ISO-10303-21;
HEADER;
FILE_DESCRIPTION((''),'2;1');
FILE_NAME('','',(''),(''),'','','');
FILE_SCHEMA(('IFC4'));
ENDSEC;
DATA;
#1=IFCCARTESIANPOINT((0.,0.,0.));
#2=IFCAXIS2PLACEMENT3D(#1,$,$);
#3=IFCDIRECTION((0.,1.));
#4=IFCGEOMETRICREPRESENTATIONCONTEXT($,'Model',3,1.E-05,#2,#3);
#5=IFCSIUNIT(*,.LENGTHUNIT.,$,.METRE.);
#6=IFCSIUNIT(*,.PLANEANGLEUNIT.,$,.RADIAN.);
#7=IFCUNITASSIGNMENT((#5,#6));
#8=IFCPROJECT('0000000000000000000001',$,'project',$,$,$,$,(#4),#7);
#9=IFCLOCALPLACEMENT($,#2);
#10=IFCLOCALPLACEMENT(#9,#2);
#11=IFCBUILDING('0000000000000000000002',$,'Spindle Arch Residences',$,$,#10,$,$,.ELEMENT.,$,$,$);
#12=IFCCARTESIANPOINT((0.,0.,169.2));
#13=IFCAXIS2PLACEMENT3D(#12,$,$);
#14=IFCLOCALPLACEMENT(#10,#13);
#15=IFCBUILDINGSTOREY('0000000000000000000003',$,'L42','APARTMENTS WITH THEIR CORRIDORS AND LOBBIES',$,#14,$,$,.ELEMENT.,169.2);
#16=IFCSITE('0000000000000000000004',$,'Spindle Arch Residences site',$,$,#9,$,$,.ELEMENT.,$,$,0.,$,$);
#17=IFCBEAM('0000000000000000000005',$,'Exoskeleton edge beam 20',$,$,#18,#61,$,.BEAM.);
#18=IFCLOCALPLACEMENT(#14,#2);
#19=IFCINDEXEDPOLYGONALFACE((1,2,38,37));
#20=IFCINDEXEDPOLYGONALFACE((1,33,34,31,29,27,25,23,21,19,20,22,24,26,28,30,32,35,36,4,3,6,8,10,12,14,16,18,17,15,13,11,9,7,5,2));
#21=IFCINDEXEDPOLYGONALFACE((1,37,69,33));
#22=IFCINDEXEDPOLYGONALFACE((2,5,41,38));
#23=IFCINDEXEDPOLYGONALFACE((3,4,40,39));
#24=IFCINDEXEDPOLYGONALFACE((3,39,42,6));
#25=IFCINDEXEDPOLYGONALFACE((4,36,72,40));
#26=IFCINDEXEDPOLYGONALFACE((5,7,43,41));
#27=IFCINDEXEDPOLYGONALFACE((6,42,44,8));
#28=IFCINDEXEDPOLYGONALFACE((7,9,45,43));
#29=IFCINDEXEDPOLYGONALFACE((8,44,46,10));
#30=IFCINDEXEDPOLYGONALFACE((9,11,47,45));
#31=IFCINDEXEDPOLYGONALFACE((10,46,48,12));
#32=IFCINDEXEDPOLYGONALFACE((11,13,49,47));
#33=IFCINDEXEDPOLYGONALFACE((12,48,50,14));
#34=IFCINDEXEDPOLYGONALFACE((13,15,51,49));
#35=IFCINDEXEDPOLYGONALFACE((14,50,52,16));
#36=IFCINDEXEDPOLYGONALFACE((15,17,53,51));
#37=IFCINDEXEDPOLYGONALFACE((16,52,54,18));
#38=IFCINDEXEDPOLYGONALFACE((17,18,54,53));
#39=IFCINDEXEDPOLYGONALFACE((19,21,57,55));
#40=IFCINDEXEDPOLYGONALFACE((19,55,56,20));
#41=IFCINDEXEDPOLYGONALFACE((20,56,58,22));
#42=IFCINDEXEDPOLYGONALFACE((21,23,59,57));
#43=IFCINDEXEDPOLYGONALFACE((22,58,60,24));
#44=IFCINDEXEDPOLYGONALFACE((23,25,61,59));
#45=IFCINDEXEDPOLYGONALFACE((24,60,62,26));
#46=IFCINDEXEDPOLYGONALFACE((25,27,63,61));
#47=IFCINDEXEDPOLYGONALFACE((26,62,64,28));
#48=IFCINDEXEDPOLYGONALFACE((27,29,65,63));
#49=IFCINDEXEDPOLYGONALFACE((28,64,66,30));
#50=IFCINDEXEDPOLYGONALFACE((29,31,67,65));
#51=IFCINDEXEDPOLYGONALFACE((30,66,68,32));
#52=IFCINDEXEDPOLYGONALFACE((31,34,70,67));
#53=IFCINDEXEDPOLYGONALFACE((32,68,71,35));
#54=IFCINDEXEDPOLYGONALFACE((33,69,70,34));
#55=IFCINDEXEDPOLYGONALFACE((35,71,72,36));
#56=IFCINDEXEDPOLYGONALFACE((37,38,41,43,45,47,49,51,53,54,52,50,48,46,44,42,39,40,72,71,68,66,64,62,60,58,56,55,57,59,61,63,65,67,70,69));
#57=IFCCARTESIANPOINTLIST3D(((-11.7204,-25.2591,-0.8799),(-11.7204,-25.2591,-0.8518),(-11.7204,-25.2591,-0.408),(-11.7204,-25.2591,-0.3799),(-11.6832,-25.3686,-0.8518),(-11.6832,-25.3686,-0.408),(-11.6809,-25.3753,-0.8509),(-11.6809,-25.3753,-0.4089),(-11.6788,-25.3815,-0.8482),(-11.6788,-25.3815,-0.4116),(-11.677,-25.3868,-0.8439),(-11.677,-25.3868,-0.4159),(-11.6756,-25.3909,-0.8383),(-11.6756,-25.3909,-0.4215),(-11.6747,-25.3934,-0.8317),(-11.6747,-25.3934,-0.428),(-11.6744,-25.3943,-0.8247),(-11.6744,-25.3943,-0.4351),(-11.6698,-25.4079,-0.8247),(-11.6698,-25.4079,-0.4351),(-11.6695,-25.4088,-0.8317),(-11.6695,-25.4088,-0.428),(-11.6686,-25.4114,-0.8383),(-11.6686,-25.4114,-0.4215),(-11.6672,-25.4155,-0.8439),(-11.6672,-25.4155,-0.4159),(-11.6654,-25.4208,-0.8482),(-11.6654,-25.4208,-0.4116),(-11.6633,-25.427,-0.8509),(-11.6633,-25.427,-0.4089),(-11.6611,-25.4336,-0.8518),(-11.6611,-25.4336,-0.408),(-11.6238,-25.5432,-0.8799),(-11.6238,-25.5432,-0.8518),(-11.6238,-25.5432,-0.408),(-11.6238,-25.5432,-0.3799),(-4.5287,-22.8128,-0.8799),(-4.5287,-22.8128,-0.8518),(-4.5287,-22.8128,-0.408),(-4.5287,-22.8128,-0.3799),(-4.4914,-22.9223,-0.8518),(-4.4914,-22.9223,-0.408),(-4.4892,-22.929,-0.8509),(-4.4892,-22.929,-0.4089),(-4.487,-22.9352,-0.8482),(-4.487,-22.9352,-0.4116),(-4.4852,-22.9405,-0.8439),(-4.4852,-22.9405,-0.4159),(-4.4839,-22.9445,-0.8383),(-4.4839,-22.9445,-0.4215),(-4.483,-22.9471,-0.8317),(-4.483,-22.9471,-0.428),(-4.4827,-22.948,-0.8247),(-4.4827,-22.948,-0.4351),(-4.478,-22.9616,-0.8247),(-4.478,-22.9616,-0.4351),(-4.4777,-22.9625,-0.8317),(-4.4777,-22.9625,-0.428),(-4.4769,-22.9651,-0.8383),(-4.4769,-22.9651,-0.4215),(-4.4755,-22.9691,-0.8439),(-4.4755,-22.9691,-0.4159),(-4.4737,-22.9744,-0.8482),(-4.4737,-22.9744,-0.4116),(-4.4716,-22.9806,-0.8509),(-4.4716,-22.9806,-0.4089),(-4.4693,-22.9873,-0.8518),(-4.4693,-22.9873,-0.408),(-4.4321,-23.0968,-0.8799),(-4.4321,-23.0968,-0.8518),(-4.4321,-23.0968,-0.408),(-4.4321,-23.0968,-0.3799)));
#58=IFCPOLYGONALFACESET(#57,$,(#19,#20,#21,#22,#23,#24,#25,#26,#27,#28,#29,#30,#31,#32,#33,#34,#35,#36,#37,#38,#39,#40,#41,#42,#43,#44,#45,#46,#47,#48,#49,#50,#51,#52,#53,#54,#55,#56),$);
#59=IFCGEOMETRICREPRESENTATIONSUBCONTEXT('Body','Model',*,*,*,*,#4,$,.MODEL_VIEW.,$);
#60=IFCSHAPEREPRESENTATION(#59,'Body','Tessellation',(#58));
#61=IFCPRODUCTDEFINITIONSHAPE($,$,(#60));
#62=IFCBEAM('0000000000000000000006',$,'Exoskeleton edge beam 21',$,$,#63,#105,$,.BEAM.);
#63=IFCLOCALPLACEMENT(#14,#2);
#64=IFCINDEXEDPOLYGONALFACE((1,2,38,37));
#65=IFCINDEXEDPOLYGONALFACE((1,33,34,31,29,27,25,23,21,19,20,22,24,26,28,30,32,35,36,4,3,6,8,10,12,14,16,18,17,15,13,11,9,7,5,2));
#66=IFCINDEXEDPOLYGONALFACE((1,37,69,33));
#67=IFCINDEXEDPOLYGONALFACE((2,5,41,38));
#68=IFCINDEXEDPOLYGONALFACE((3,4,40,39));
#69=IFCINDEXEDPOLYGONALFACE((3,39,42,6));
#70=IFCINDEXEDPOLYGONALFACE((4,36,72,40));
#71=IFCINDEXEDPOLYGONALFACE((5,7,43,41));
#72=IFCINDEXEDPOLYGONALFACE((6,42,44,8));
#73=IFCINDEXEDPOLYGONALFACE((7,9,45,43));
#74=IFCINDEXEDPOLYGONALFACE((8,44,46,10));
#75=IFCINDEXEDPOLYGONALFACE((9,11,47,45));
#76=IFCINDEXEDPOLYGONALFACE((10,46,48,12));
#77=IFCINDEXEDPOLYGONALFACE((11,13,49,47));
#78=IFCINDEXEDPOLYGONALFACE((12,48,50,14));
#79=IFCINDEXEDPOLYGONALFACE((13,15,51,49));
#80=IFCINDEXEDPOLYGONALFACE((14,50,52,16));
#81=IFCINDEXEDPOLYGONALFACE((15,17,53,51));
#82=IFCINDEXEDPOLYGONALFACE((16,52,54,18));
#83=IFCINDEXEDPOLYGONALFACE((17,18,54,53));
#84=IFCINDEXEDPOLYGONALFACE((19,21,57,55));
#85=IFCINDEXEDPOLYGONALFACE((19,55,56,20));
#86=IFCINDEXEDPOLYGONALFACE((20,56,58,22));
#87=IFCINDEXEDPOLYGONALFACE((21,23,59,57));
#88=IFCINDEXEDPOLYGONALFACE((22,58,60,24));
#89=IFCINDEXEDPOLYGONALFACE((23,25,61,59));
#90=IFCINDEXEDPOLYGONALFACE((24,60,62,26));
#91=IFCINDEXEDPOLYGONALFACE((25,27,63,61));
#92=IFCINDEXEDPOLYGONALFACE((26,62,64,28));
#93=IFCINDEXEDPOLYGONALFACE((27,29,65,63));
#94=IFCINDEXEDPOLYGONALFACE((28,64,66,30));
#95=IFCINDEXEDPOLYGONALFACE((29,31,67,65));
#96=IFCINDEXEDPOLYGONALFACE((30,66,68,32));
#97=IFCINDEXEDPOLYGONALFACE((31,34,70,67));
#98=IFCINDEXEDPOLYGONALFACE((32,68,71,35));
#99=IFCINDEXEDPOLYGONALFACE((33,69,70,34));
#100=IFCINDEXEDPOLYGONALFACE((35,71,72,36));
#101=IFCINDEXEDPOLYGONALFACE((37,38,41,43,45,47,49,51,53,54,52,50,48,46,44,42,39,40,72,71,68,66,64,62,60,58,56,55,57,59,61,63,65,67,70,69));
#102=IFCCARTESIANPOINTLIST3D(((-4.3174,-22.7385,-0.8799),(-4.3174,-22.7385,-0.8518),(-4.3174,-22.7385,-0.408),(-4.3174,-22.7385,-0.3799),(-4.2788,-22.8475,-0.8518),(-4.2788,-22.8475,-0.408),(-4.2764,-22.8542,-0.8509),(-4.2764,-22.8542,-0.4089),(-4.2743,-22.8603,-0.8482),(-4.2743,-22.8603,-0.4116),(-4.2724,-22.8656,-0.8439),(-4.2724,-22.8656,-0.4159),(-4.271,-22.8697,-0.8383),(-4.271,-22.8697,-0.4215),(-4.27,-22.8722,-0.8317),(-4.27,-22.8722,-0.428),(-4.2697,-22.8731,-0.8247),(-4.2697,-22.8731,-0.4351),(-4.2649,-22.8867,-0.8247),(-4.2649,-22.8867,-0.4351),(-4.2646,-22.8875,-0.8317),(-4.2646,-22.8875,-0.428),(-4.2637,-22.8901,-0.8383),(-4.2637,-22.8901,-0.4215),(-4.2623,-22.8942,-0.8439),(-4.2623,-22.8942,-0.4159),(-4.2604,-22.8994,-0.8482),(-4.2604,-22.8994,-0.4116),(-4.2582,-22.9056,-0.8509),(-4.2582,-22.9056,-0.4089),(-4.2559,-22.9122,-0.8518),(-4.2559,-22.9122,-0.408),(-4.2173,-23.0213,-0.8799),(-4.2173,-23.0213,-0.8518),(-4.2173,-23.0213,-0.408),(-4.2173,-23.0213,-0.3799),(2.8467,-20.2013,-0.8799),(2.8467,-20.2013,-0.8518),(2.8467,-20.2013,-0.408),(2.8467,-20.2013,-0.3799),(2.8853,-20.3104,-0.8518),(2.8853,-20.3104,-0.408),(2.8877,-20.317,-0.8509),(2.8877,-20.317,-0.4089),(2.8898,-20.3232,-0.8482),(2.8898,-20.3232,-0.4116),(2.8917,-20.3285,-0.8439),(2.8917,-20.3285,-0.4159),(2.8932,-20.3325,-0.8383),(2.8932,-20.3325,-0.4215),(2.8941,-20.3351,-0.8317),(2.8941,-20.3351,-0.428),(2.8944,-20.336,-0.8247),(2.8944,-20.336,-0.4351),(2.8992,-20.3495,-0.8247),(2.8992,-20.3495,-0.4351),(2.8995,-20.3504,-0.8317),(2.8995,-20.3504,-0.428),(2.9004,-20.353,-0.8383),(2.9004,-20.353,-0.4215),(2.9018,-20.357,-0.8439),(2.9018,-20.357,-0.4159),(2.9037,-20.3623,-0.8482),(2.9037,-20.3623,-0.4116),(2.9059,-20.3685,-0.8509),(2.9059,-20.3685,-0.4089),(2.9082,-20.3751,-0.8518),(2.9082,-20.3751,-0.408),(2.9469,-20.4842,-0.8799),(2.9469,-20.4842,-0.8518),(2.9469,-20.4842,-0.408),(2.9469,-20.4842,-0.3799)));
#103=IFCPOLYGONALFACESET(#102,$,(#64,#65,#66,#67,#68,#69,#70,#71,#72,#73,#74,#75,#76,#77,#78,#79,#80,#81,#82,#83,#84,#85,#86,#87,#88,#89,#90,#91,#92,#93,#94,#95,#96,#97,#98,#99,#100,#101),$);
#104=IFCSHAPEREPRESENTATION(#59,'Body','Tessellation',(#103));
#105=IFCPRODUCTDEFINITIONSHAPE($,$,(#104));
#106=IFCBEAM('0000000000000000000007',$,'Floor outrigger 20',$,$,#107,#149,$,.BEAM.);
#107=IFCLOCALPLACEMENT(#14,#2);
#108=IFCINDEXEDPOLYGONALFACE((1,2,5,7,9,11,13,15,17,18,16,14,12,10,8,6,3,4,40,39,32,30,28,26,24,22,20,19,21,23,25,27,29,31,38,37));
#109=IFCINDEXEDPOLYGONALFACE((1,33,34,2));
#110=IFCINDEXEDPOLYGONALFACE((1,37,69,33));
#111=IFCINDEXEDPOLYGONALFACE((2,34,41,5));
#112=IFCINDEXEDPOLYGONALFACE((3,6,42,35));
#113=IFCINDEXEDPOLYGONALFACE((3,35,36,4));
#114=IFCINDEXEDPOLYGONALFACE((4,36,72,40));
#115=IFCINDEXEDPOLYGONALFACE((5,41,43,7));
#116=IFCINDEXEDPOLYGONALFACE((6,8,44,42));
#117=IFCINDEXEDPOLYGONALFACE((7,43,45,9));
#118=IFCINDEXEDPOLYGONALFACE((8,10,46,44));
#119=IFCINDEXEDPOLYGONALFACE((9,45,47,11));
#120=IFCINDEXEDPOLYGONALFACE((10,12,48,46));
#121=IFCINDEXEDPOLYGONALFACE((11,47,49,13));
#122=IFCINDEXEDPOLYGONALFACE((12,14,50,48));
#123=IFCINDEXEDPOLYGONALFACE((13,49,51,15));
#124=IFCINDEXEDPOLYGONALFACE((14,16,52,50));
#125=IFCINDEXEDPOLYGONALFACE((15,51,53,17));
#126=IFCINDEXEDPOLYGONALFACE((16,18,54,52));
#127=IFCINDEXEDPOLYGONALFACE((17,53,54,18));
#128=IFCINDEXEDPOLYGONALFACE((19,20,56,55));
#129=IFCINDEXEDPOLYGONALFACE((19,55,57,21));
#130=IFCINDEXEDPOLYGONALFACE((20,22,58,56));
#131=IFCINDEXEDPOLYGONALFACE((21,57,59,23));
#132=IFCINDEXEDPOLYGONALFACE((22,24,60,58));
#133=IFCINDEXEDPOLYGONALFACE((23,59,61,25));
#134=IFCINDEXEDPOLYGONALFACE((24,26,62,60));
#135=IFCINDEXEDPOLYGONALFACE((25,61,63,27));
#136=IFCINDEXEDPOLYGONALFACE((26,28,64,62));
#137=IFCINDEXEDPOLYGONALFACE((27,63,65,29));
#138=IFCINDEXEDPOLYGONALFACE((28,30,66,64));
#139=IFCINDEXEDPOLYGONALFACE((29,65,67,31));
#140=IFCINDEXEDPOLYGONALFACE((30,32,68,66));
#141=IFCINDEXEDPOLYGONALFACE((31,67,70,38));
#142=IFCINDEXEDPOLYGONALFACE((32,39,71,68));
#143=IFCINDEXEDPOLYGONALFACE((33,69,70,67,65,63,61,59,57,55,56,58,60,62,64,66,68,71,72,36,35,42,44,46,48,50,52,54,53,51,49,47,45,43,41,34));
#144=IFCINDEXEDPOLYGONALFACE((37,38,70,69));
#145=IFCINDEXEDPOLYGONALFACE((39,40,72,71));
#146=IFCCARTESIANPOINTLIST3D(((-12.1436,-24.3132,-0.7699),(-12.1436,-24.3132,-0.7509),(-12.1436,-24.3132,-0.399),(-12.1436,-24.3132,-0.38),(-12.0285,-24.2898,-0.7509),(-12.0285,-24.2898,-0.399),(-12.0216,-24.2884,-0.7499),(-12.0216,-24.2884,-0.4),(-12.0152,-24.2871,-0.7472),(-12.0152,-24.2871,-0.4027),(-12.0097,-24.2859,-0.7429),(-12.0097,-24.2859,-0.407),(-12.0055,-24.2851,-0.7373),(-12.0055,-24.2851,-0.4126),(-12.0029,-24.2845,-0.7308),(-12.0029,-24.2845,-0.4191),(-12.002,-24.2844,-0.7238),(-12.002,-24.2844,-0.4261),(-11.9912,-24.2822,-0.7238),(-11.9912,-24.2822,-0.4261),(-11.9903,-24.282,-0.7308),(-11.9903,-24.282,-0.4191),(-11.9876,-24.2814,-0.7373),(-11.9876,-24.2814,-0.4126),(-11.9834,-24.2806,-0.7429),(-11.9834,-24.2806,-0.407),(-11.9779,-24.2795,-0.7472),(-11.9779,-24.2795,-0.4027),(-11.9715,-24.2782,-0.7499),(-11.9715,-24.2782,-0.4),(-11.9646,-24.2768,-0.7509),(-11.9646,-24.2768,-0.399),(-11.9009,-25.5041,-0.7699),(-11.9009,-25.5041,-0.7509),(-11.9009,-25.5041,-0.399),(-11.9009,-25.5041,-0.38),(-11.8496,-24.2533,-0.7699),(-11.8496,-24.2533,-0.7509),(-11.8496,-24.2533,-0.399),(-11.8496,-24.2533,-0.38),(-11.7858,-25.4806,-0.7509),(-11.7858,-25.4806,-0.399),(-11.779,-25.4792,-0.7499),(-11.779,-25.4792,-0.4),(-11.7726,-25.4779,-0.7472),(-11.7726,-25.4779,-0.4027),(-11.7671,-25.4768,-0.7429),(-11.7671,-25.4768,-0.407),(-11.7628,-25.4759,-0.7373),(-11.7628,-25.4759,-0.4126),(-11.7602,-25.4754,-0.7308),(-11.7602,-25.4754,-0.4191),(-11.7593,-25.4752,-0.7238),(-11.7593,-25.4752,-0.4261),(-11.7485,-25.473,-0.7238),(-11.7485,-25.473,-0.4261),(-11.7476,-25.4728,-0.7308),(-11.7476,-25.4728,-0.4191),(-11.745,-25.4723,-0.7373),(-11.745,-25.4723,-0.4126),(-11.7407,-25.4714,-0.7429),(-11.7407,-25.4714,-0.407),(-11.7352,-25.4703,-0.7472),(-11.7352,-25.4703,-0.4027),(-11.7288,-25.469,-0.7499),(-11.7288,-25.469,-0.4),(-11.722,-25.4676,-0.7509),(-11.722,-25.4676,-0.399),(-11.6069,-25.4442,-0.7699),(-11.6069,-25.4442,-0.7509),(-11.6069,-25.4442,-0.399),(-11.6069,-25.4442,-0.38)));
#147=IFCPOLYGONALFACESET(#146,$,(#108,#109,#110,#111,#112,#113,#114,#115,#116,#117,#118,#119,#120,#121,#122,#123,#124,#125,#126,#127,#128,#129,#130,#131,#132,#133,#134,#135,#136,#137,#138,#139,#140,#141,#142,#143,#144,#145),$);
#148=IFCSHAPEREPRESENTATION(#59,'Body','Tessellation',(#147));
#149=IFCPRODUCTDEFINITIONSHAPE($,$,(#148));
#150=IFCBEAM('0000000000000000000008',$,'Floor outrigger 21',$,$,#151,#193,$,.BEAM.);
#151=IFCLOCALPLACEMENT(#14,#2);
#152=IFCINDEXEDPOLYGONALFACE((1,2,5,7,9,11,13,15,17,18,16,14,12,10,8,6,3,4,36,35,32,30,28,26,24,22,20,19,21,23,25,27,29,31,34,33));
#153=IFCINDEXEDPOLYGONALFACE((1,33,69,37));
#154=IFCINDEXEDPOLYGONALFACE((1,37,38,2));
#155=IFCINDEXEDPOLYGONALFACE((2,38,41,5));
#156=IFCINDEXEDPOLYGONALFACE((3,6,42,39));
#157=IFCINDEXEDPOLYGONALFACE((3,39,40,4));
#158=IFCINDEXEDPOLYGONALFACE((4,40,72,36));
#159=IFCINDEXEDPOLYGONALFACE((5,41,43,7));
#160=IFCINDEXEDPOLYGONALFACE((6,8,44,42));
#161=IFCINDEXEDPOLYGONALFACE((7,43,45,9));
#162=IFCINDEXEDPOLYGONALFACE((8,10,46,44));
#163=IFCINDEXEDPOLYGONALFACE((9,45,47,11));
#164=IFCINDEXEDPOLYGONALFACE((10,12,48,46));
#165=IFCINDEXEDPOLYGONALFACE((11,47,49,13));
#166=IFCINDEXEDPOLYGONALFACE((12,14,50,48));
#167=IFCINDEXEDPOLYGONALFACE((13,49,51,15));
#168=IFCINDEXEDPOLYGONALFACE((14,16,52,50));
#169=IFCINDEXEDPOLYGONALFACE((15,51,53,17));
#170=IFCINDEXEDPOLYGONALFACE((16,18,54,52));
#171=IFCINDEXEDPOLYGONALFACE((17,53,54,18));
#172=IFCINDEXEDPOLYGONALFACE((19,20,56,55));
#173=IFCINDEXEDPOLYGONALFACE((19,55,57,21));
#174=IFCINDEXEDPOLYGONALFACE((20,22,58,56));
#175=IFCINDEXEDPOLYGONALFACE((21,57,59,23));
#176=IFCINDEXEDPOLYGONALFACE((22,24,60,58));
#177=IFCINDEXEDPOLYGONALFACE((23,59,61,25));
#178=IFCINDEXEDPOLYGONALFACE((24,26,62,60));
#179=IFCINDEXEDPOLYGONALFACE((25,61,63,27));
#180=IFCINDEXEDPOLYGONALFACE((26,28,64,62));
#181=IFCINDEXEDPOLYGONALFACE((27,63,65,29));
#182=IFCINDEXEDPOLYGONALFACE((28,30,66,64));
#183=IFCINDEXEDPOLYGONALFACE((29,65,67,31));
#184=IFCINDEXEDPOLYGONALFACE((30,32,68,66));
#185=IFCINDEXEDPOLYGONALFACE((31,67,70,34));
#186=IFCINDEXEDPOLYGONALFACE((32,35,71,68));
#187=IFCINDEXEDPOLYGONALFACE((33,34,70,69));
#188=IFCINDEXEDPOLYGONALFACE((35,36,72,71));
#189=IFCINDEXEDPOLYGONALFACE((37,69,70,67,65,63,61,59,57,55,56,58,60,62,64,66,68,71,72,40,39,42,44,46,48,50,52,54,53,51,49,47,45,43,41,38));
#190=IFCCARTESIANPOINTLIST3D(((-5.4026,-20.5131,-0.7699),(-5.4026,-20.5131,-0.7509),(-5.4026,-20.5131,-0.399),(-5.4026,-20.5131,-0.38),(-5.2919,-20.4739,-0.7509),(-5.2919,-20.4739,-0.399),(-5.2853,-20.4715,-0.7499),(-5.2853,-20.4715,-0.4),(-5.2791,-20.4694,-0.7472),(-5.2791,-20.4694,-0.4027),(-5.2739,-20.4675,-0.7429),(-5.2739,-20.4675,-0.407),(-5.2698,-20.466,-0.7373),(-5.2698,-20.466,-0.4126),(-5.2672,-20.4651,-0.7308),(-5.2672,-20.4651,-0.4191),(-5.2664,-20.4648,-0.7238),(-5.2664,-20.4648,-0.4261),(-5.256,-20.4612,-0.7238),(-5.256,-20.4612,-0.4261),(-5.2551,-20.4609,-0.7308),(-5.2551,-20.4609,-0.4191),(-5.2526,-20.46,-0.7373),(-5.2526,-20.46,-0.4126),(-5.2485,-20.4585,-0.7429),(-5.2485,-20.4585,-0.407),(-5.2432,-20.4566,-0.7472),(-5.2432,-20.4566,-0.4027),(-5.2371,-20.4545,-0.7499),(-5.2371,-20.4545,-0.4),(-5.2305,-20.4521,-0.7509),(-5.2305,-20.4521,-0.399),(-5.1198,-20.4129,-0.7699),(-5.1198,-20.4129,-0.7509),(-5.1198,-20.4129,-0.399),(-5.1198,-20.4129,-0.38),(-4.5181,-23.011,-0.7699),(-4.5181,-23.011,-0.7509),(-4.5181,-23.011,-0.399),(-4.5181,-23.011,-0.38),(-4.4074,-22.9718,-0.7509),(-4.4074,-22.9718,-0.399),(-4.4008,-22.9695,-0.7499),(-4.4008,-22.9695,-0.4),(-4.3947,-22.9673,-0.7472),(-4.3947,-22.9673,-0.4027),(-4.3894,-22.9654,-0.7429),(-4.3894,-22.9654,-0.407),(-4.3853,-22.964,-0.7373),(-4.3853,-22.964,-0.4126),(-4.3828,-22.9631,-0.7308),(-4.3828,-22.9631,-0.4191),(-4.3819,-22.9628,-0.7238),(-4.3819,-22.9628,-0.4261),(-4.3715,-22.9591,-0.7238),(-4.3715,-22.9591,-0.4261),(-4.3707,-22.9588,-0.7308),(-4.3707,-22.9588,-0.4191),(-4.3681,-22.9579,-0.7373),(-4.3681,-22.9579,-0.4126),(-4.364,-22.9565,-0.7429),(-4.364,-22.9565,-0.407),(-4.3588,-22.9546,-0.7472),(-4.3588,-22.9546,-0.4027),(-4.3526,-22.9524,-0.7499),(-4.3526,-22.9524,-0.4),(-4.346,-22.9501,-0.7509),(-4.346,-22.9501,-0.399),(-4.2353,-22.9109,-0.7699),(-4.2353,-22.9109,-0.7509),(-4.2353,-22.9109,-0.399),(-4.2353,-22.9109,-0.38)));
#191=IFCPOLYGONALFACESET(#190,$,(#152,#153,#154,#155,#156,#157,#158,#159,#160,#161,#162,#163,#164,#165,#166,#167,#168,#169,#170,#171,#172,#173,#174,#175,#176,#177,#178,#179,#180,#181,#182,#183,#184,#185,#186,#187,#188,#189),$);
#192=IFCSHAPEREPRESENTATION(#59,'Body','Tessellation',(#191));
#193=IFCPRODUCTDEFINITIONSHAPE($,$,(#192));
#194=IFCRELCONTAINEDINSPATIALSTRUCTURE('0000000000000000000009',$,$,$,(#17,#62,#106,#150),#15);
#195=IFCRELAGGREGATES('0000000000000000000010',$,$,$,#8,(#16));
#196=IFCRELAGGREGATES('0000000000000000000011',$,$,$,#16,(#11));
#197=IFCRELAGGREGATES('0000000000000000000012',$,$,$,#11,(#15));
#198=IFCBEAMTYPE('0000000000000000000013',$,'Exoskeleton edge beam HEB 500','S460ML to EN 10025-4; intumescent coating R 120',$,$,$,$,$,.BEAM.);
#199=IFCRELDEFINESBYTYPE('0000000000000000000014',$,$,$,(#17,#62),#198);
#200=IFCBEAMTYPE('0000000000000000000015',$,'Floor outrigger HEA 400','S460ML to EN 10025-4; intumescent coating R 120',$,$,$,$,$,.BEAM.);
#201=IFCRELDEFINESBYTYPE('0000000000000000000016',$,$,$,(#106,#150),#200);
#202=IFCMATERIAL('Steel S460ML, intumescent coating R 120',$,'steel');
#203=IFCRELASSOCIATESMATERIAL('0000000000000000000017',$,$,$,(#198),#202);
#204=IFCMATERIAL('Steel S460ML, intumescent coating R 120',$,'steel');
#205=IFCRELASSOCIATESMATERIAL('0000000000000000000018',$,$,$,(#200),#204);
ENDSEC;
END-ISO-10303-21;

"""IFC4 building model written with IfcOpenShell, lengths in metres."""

from ifc_helpers import new_model, si_unit, direction, frame, origin, origin_2d, place, context, subcontext, project, spatial, i_section, extrude, material, material_profile, profile_set, type_object, element, save


model = new_model("IFC4")

# Units and contexts
model_context = context("Model", 3, precision=1e-05, world=origin(), true_north=direction((0.0, 1.0)))
body_context = subcontext(model_context, "Body", "Model", "MODEL_VIEW")
ifc_project = project(units=[si_unit("LENGTHUNIT", "METRE"), si_unit("PLANEANGLEUNIT", "RADIAN")], contexts=[model_context])

# Site, building, storey
site_placement = place(None, origin())
site = spatial("IfcSite", under=ifc_project, at=site_placement, Name="Spindle Arch Residences site", CompositionType="ELEMENT", RefElevation=0.0)
building_placement = place(site_placement, origin())
building = spatial("IfcBuilding", under=site, at=building_placement, Name="Spindle Arch Residences", CompositionType="ELEMENT")
storey_placement = place(building_placement, frame((0.0, 0.0, 169.2)))
storey = spatial("IfcBuildingStorey", under=building, at=storey_placement, Name="L42", Description="APARTMENTS WITH THEIR CORRIDORS AND LOBBIES", CompositionType="ELEMENT", Elevation=169.2)

# Beams
ifc_material_1 = material(Name="Steel S460ML, intumescent coating R 120", Category="steel")
ifc_material_profile_1 = material_profile(ifc_material_1, i_section(OverallWidth=0.3, OverallDepth=0.5, WebThickness=0.0144, FlangeThickness=0.0281, FilletRadius=0.0271, at=origin_2d()), Name="HEB 500")
ifc_profile_set_1 = profile_set([ifc_material_profile_1], Name="Steel S460ML, intumescent coating R 120")
beam_type_1 = type_object("IfcBeamType", Name="Exoskeleton edge beam HEB 500", Description="S460ML to EN 10025-4; intumescent coating R 120", PredefinedType="BEAM", material=ifc_profile_set_1)
beam_1_placement = place(storey_placement, frame((-11.6721, -25.4011, -0.6299), z_axis=(0.946727, 0.322036, 0.0), x_axis=(-0.322036, 0.946727, 0.0)))
element("IfcBeam", 1, at=beam_1_placement, inside=storey, type_object=beam_type_1, Name="Exoskeleton edge beam 20", PredefinedType="BEAM", context=body_context, shape_type="SweptSolid", body=[
    extrude(i_section(OverallWidth=0.3, OverallDepth=0.5, WebThickness=0.0144, FlangeThickness=0.0281, FilletRadius=0.0271, at=origin_2d()), origin(), (0.0, 0.0, 1.0), 7.5964),
])
beam_2_placement = place(storey_placement, frame((-4.2673, -22.8799, -0.6299), z_axis=(0.942634, 0.333828, 0.0), x_axis=(-0.333828, 0.942634, 0.0)))
element("IfcBeam", 2, at=beam_2_placement, inside=storey, type_object=beam_type_1, Name="Exoskeleton edge beam 21", PredefinedType="BEAM", context=body_context, shape_type="SweptSolid", body=[
    extrude(i_section(OverallWidth=0.3, OverallDepth=0.5, WebThickness=0.0144, FlangeThickness=0.0281, FilletRadius=0.0271, at=origin_2d()), origin(), (0.0, 0.0, 1.0), 7.6001),
])
ifc_material_2 = material(Name="Steel S460ML, intumescent coating R 120", Category="steel")
ifc_material_profile_2 = material_profile(ifc_material_2, i_section(OverallWidth=0.3, OverallDepth=0.3899, WebThickness=0.011, FlangeThickness=0.019, FilletRadius=0.0271, at=origin_2d()), Name="HEA 400")
ifc_profile_set_2 = profile_set([ifc_material_profile_2], Name="Steel S460ML, intumescent coating R 120")
beam_type_2 = type_object("IfcBeamType", Name="Floor outrigger HEA 400", Description="S460ML to EN 10025-4; intumescent coating R 120", PredefinedType="BEAM", material=ifc_profile_set_2)
beam_3_placement = place(storey_placement, frame((-11.7539, -25.4741, -0.575), z_axis=(-0.199669, 0.979863, 0.0), x_axis=(-0.979863, -0.199669, 0.0)))
element("IfcBeam", 3, at=beam_3_placement, inside=storey, type_object=beam_type_2, Name="Floor outrigger 20", PredefinedType="BEAM", context=body_context, shape_type="SweptSolid", body=[
    extrude(i_section(OverallWidth=0.3, OverallDepth=0.3899, WebThickness=0.011, FlangeThickness=0.019, FilletRadius=0.0271, at=origin_2d()), origin(), (0.0, 0.0, 1.0), 1.2153),
])
beam_4_placement = place(storey_placement, frame((-4.3767, -22.9609, -0.575), z_axis=(-0.333779, 0.942651, 0.0), x_axis=(-0.942651, -0.333779, 0.0)))
element("IfcBeam", 4, at=beam_4_placement, inside=storey, type_object=beam_type_2, Name="Floor outrigger 21", PredefinedType="BEAM", context=body_context, shape_type="SweptSolid", body=[
    extrude(i_section(OverallWidth=0.3, OverallDepth=0.3899, WebThickness=0.011, FlangeThickness=0.019, FilletRadius=0.0271, at=origin_2d()), origin(), (0.0, 0.0, 1.0), 2.6499),
])

save(model, "model.ifc")
